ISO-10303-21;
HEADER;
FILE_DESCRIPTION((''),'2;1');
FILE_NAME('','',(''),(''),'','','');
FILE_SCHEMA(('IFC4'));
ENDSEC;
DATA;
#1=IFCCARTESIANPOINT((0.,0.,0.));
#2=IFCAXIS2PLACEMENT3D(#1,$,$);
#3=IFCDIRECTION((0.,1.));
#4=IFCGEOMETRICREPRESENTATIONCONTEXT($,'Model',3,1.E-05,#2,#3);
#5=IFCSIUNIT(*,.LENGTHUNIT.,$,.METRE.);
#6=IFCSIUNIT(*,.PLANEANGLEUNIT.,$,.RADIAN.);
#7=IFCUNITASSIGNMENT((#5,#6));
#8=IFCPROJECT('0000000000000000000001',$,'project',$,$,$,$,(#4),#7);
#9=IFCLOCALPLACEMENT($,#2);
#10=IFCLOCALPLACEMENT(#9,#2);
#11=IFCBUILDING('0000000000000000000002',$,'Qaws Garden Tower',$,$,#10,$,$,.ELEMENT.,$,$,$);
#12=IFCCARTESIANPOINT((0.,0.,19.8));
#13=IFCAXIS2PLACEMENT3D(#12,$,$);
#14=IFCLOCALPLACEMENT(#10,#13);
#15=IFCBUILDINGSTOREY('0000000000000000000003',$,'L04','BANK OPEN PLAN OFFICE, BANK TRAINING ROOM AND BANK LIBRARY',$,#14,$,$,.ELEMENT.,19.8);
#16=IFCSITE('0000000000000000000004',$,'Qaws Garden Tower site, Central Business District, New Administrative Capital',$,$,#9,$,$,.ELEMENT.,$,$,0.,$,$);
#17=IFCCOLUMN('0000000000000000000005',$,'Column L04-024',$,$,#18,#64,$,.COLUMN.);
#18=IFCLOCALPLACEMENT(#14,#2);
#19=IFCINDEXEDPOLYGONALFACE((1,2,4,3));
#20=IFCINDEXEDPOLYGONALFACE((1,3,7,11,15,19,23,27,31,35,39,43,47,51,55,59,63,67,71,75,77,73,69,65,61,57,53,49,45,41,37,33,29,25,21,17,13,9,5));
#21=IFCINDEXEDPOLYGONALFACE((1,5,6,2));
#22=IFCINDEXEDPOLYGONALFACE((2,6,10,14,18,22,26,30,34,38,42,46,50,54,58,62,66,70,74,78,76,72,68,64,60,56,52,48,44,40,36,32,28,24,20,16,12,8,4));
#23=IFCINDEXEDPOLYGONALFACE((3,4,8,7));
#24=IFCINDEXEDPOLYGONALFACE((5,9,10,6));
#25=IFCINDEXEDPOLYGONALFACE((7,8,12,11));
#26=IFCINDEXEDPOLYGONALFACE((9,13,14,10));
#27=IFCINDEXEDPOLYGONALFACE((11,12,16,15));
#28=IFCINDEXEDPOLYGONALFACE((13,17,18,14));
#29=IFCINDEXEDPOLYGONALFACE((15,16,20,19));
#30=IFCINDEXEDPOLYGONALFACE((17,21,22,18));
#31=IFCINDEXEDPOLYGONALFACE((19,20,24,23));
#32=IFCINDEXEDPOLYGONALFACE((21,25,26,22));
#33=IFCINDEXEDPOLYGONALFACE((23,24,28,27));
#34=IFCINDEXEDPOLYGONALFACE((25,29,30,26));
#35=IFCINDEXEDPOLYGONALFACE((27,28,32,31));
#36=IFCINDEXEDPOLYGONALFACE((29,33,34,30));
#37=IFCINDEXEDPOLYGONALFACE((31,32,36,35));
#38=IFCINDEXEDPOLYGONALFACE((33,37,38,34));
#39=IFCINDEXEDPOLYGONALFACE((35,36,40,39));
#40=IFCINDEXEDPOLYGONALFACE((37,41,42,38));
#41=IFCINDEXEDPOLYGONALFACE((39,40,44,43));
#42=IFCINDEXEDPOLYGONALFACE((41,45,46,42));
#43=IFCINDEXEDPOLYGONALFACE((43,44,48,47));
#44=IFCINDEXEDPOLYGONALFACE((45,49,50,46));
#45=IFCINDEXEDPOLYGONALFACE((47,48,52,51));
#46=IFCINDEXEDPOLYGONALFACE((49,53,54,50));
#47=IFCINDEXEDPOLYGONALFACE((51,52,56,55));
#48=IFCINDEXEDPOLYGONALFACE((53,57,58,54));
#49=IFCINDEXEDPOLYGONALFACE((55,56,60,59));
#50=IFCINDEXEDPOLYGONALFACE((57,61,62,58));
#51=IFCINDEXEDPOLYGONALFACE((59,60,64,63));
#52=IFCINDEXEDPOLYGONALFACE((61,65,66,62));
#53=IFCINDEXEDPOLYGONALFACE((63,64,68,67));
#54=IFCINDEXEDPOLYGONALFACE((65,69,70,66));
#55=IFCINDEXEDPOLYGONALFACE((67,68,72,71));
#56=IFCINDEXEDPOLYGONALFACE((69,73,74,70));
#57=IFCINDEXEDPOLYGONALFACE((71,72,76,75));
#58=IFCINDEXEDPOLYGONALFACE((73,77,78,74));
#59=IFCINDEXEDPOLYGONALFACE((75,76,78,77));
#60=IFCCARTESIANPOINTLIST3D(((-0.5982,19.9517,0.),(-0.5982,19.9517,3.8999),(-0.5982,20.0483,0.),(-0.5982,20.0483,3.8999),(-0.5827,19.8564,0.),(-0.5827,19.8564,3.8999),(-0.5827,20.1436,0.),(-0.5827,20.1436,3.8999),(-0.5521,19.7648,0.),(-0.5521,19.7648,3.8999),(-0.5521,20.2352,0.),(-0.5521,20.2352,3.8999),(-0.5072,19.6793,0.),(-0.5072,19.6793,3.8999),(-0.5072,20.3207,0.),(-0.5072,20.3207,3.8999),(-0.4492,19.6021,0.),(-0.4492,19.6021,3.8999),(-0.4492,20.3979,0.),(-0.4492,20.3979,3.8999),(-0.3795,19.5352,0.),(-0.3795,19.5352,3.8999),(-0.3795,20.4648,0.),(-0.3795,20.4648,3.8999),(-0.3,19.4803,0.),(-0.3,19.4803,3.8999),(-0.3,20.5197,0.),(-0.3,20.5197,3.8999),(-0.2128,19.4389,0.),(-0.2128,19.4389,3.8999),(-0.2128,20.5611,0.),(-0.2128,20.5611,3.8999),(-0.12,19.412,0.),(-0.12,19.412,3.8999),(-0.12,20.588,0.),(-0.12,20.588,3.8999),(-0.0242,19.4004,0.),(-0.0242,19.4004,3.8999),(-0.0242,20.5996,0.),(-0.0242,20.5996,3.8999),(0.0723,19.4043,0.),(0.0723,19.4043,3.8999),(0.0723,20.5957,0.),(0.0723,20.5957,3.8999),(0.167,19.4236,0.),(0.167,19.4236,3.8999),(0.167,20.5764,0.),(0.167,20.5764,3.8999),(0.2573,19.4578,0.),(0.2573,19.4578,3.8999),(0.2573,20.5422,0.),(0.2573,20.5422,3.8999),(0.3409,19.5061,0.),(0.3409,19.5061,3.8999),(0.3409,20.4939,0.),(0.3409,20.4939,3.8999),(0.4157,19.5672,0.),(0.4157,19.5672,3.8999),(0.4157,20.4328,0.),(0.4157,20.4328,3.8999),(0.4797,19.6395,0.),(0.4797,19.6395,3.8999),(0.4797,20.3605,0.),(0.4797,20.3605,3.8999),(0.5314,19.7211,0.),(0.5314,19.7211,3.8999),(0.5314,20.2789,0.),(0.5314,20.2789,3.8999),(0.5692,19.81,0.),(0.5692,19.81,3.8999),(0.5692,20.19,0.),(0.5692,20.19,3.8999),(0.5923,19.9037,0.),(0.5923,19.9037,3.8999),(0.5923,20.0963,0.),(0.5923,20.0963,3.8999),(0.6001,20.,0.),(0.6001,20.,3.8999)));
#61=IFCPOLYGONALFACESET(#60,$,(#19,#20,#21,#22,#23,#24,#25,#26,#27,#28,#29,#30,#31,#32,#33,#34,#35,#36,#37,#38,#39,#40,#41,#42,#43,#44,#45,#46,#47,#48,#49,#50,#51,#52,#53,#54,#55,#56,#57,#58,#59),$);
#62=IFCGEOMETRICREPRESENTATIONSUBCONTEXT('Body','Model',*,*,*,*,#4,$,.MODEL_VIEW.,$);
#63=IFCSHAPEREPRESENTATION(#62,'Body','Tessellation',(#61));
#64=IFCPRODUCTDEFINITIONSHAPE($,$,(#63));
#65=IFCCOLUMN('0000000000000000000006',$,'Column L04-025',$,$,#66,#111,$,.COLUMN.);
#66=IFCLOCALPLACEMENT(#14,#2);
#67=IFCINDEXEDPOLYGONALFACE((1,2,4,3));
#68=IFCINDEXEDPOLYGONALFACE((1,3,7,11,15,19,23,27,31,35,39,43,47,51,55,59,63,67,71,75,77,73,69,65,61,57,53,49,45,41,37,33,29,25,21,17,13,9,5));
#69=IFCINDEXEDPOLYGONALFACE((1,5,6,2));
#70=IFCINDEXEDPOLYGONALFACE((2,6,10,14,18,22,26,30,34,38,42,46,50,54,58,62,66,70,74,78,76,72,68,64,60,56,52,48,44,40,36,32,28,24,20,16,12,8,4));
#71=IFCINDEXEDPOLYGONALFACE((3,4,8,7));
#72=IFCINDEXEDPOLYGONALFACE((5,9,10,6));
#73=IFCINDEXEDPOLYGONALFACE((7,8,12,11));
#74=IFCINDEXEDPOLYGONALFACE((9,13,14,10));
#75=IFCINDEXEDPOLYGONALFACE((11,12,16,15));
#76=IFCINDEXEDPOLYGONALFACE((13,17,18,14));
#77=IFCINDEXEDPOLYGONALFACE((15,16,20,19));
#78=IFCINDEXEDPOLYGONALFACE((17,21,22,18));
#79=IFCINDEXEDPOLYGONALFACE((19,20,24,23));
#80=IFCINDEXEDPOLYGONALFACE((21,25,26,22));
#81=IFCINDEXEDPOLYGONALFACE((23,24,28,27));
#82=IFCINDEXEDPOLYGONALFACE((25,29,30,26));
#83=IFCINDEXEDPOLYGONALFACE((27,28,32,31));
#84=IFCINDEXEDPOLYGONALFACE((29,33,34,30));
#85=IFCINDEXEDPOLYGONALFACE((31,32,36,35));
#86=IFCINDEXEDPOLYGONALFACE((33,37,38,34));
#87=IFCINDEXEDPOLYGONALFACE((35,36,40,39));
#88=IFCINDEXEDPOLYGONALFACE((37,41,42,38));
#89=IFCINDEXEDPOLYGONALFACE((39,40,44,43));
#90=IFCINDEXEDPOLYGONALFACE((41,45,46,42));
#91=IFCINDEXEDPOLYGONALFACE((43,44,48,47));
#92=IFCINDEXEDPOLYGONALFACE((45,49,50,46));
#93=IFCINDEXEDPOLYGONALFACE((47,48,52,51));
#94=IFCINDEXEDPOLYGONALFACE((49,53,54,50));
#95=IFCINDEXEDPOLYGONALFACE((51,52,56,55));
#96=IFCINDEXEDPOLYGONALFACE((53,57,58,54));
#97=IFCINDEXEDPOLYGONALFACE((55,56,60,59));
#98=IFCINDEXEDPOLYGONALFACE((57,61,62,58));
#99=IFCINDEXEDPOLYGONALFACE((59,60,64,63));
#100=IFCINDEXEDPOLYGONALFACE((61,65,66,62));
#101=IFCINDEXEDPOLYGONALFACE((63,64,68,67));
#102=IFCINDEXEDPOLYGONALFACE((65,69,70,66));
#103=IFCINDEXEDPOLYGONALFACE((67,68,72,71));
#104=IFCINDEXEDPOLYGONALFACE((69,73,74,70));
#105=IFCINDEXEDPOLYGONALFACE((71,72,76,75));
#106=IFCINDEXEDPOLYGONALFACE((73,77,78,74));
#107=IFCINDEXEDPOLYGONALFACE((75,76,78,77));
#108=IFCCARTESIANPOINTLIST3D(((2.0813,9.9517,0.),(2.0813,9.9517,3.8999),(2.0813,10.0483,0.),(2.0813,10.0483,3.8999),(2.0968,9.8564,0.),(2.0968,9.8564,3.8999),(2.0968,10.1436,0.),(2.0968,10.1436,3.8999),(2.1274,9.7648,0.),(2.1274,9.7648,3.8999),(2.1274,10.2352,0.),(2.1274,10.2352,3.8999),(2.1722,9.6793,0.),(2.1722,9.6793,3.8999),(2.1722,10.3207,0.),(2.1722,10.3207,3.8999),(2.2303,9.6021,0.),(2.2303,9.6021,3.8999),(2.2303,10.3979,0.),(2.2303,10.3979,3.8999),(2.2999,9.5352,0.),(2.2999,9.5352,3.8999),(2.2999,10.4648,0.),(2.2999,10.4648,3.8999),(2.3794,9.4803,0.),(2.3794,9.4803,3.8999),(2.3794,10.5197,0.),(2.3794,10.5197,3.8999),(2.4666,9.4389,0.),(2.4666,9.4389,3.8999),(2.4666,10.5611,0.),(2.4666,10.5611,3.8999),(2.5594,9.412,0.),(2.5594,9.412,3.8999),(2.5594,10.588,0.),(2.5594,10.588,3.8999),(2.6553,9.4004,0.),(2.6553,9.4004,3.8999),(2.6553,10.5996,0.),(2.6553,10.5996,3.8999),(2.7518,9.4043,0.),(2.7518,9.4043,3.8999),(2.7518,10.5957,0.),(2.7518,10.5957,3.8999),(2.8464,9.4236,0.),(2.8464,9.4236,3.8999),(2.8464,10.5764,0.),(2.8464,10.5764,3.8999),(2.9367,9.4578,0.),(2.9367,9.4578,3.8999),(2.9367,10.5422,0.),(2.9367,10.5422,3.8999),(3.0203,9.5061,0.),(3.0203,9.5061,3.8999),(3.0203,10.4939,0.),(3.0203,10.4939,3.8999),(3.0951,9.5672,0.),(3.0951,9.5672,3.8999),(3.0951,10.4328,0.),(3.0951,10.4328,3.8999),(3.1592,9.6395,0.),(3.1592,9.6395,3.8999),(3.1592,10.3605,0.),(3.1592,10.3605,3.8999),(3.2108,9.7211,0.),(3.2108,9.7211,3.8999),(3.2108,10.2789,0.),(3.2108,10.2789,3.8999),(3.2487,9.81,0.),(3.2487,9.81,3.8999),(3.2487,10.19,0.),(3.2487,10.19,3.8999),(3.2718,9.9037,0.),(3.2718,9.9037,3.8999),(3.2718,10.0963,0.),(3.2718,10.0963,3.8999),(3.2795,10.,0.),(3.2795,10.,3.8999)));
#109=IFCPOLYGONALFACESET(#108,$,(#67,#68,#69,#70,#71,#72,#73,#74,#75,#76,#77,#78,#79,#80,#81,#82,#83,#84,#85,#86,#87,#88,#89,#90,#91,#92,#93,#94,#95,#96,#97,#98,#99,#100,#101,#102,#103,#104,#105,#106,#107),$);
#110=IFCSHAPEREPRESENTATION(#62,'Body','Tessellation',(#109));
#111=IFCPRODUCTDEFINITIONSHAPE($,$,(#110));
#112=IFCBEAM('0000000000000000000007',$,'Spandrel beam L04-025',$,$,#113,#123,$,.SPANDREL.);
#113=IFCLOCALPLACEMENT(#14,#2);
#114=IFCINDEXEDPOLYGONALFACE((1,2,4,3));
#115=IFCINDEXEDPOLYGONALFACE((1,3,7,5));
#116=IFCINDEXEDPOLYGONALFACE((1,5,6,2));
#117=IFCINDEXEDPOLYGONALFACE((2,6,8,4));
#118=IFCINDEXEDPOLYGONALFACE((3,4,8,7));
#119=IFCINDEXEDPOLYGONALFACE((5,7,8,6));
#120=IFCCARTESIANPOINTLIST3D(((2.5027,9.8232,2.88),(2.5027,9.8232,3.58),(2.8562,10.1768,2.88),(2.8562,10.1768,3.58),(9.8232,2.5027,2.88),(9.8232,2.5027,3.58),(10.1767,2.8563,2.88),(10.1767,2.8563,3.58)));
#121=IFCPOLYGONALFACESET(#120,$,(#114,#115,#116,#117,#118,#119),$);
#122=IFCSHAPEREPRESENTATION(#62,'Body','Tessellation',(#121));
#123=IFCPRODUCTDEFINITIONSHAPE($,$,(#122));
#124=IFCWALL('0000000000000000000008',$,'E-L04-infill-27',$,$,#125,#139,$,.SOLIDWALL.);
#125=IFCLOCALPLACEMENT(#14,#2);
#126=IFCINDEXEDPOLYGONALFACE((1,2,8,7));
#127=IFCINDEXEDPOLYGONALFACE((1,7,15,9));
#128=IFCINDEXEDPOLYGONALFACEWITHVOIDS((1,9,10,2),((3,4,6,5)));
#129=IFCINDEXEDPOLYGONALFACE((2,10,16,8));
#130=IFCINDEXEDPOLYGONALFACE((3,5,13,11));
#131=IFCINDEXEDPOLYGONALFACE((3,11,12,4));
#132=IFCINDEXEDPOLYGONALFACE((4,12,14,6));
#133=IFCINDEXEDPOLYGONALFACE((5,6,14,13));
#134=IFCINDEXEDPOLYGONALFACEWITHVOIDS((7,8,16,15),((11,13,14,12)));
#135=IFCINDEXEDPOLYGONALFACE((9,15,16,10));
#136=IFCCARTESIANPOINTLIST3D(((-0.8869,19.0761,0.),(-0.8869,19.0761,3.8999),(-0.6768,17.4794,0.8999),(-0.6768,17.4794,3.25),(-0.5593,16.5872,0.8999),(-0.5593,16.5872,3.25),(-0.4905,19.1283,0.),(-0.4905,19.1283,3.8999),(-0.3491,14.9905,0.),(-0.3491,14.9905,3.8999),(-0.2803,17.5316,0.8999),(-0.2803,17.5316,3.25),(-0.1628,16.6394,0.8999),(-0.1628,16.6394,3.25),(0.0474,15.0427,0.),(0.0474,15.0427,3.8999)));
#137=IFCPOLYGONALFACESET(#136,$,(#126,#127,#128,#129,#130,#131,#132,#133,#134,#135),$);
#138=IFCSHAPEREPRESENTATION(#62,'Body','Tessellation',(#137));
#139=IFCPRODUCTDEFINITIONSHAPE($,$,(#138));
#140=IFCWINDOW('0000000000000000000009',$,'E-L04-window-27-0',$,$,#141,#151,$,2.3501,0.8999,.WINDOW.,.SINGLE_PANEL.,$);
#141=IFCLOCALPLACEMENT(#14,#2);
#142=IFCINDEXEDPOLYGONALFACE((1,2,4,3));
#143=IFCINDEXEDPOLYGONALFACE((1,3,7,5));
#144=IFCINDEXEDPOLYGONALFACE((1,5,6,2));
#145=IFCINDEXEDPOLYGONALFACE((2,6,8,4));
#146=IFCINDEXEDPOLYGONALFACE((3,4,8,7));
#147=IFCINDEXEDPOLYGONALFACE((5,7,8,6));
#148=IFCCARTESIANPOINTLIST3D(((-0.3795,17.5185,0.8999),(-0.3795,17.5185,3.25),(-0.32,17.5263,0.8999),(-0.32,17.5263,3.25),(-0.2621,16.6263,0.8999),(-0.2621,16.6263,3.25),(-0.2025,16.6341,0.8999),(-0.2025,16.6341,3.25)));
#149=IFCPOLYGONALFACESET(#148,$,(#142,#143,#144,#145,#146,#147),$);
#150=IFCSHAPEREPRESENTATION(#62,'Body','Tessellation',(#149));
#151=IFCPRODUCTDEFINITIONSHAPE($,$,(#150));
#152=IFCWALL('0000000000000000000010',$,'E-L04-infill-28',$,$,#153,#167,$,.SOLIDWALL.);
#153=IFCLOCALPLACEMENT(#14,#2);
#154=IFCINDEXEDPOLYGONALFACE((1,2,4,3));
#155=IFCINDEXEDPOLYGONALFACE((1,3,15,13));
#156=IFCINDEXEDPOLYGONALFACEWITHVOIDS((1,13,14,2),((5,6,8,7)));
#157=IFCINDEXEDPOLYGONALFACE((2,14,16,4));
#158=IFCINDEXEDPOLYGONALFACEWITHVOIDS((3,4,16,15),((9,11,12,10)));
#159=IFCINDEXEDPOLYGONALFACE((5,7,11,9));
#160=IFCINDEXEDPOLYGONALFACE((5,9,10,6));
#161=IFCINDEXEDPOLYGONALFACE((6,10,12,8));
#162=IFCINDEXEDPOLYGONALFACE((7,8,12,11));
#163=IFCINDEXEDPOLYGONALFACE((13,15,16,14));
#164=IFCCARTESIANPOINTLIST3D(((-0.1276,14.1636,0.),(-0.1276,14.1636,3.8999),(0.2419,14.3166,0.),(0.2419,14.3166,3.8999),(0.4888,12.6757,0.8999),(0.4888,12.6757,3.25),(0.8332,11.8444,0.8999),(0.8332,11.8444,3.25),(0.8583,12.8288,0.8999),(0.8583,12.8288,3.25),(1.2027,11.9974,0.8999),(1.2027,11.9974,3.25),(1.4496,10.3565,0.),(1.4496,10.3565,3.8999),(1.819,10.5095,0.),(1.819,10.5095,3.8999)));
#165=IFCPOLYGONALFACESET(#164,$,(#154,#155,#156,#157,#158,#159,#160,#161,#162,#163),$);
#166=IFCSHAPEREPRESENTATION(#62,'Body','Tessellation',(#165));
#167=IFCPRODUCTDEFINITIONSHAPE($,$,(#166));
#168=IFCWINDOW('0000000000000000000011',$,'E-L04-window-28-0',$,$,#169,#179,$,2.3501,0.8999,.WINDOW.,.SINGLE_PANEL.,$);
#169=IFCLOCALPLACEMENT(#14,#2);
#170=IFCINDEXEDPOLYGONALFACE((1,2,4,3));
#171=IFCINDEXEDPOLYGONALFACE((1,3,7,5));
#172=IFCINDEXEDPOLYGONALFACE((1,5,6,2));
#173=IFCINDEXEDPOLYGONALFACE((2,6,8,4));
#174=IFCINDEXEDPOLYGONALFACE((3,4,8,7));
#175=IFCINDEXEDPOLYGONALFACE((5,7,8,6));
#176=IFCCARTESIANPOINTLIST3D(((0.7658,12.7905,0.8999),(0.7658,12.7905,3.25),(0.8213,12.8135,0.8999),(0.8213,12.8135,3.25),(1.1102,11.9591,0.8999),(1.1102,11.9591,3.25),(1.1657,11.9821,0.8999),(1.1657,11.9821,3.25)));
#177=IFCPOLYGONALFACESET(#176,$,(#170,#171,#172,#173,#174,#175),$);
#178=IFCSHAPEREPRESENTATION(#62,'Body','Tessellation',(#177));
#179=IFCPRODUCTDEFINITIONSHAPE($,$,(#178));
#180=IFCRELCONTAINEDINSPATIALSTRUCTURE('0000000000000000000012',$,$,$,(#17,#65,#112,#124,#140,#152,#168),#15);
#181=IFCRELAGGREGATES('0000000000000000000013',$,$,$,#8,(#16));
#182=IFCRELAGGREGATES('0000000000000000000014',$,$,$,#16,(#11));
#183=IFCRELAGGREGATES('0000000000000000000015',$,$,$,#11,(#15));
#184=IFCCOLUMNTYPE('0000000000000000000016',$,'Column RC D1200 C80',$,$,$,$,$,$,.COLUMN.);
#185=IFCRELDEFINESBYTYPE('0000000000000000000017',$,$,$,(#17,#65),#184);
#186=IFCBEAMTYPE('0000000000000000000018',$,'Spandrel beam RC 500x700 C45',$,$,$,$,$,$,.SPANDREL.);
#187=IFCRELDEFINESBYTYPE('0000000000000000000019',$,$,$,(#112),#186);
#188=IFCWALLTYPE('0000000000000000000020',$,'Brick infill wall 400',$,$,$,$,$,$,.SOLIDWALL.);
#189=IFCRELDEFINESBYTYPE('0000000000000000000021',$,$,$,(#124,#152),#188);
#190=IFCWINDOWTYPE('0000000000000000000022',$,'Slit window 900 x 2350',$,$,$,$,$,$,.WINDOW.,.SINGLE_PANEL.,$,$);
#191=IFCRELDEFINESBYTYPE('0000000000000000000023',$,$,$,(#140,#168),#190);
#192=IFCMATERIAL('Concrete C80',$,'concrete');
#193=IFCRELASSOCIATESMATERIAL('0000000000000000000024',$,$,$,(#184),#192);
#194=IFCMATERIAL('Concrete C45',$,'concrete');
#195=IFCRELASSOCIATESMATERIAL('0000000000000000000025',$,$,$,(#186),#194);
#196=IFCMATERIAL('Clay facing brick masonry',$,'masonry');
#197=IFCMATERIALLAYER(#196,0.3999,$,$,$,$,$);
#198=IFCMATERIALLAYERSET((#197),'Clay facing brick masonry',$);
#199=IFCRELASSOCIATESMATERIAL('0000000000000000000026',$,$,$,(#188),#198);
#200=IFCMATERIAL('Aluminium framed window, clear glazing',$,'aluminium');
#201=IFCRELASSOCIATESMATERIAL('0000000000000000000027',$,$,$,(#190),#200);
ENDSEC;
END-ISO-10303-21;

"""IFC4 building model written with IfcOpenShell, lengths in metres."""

from ifc_helpers import new_model, si_unit, direction, frame, frame_2d, origin, origin_2d, place, context, subcontext, project, spatial, rectangle, circle, extrude, material, layer, layer_set, material_profile, profile_set, type_object, element, fill, save


model = new_model("IFC4")

# Units and contexts
model_context = context("Model", 3, precision=1e-05, world=origin(), true_north=direction((0.0, 1.0)))
body_context = subcontext(model_context, "Body", "Model", "MODEL_VIEW")
ifc_project = project(units=[si_unit("LENGTHUNIT", "METRE"), si_unit("PLANEANGLEUNIT", "RADIAN")], contexts=[model_context])

# Site, building, storey
site_placement = place(None, origin())
site = spatial("IfcSite", under=ifc_project, at=site_placement, Name="Qaws Garden Tower site, Central Business District, New Administrative Capital", CompositionType="ELEMENT", RefElevation=0.0)
building_placement = place(site_placement, origin())
building = spatial("IfcBuilding", under=site, at=building_placement, Name="Qaws Garden Tower", CompositionType="ELEMENT")
storey_placement = place(building_placement, frame((0.0, 0.0, 19.8)))
storey = spatial("IfcBuildingStorey", under=building, at=storey_placement, Name="L04", Description="BANK OPEN PLAN OFFICE, BANK TRAINING ROOM AND BANK LIBRARY", CompositionType="ELEMENT", Elevation=19.8)

# Columns
ifc_material_1 = material(Name="Concrete C80", Category="concrete")
ifc_material_profile_1 = material_profile(ifc_material_1, circle(Radius=0.6001, at=origin_2d()), Name="RC D1200")
ifc_profile_set_1 = profile_set([ifc_material_profile_1], Name="Concrete C80")
column_type = type_object("IfcColumnType", Name="Column RC D1200 C80", PredefinedType="COLUMN", material=ifc_profile_set_1)
for number, where, z_axis, x_axis, name in (
    (1, (0.0, 20.0, 0.0), (0.0, 0.0, 1.0), (1.0, 0.0, 0.0), "Column L04-024"),
    (2, (2.6794, 10.0, 0.0), (0.0, 0.0, 1.0), (1.0, 0.0, 0.0), "Column L04-025"),
):
    element("IfcColumn", number, at=place(storey_placement, frame(where, z_axis=z_axis, x_axis=x_axis)), inside=storey, type_object=column_type, Name=name, PredefinedType="COLUMN", context=body_context, shape_type="SweptSolid", body=[
        extrude(circle(Radius=0.6001, at=origin_2d()), origin(), (0.0, 0.0, 1.0), 3.8999),
    ])

# Beam
ifc_material_2 = material(Name="Concrete C45", Category="concrete")
ifc_material_profile_2 = material_profile(ifc_material_2, rectangle(XDim=0.5, YDim=0.7, at=origin_2d()), Name="RC 500x700")
ifc_profile_set_2 = profile_set([ifc_material_profile_2], Name="Concrete C45")
beam_type = type_object("IfcBeamType", Name="Spandrel beam RC 500x700 C45", PredefinedType="SPANDREL", material=ifc_profile_set_2)
beam_placement = place(storey_placement, frame((2.6794, 10.0, 3.23), z_axis=(0.707107, -0.707107, 0.0), x_axis=(0.707107, 0.707107, 0.0)))
element("IfcBeam", 3, at=beam_placement, inside=storey, type_object=beam_type, Name="Spandrel beam L04-025", PredefinedType="SPANDREL", context=body_context, shape_type="SweptSolid", body=[
    extrude(rectangle(XDim=0.5, YDim=0.7, at=origin_2d()), origin(), (0.0, 0.0, 1.0), 10.3528),
])

# Walls, openings, windows
ifc_material_3 = material(Name="Clay facing brick masonry", Category="masonry")
ifc_layer_1 = layer(ifc_material_3, 0.3999)
ifc_layer_set_1 = layer_set([ifc_layer_1], Name="Clay facing brick masonry")
wall_type_1 = type_object("IfcWallType", Name="Brick infill wall 400", PredefinedType="SOLIDWALL", material=ifc_layer_set_1)
wall_1_placement = place(storey_placement, frame((-0.6887, 19.1023, 0.0), z_axis=(0.0, 0.0, 1.0), x_axis=(0.130514, -0.991446, 0.0)))
wall_1 = element("IfcWall", 4, at=wall_1_placement, inside=storey, type_object=wall_type_1, Name="E-L04-infill-27", PredefinedType="SOLIDWALL", context=body_context, shape_type="SweptSolid", body=[
    extrude(rectangle(XDim=4.1208, YDim=0.3999, at=frame_2d((2.0605, 0.0))), origin(), (0.0, 0.0, 1.0), 3.8999),
])
opening_1_placement = place(wall_1_placement, frame((1.6106, 0.0, 0.8999)))
opening_1 = element("IfcOpeningElement", 5, at=opening_1_placement, cuts=wall_1, PredefinedType="OPENING", context=body_context, shape_type="SweptSolid", body=[
    extrude(rectangle(XDim=0.8999, YDim=2.3501, at=frame_2d((0.45, 1.175))), frame((0.0, 0.21, 0.0), z_axis=(0.0, -1.0, 0.0), x_axis=(1.0, 0.0, 0.0)), (0.0, 0.0, 1.0), 0.4199),
])
ifc_material_4 = material(Name="Aluminium framed window, clear glazing", Category="aluminium")
window_type = type_object("IfcWindowType", Name="Slit window 900 x 2350", PartitioningType="SINGLE_PANEL", PredefinedType="WINDOW", material=ifc_material_4)
window_1_placement = place(opening_1_placement, origin())
window_1 = element("IfcWindow", 6, at=window_1_placement, inside=storey, type_object=window_type, Name="E-L04-window-27-0", OverallHeight=2.3501, OverallWidth=0.8999, PartitioningType="SINGLE_PANEL", PredefinedType="WINDOW", context=body_context, shape_type="SweptSolid", body=[
    extrude(rectangle(XDim=0.8999, YDim=2.3501, at=frame_2d((0.45, 1.175))), frame((0.0, 0.1599, 0.0), z_axis=(0.0, -1.0, 0.0), x_axis=(1.0, 0.0, 0.0)), (0.0, 0.0, 1.0), 0.0601),
])
fill(opening_1, window_1)
wall_2_placement = place(storey_placement, frame((0.0571, 14.2402, 0.0), z_axis=(0.0, 0.0, 1.0), x_axis=(0.382722, -0.923864, 0.0)))
wall_2 = element("IfcWall", 7, at=wall_2_placement, inside=storey, type_object=wall_type_1, Name="E-L04-infill-28", PredefinedType="SOLIDWALL", context=body_context, shape_type="SweptSolid", body=[
    extrude(rectangle(XDim=4.1208, YDim=0.3999, at=frame_2d((2.0605, 0.0))), origin(), (0.0, 0.0, 1.0), 3.8999),
])
opening_2_placement = place(wall_2_placement, frame((1.6106, 0.0, 0.8999)))
opening_2 = element("IfcOpeningElement", 8, at=opening_2_placement, cuts=wall_2, PredefinedType="OPENING", context=body_context, shape_type="SweptSolid", body=[
    extrude(rectangle(XDim=0.8999, YDim=2.3501, at=frame_2d((0.45, 1.175))), frame((0.0, 0.21, 0.0), z_axis=(0.0, -1.0, 0.0), x_axis=(1.0, 0.0, 0.0)), (0.0, 0.0, 1.0), 0.4199),
])
window_2_placement = place(opening_2_placement, origin())
window_2 = element("IfcWindow", 9, at=window_2_placement, inside=storey, type_object=window_type, Name="E-L04-window-28-0", OverallHeight=2.3501, OverallWidth=0.8999, PartitioningType="SINGLE_PANEL", PredefinedType="WINDOW", context=body_context, shape_type="SweptSolid", body=[
    extrude(rectangle(XDim=0.8999, YDim=2.3501, at=frame_2d((0.45, 1.175))), frame((0.0, 0.1599, 0.0), z_axis=(0.0, -1.0, 0.0), x_axis=(1.0, 0.0, 0.0)), (0.0, 0.0, 1.0), 0.0601),
])
fill(opening_2, window_2)

save(model, "model.ifc")
